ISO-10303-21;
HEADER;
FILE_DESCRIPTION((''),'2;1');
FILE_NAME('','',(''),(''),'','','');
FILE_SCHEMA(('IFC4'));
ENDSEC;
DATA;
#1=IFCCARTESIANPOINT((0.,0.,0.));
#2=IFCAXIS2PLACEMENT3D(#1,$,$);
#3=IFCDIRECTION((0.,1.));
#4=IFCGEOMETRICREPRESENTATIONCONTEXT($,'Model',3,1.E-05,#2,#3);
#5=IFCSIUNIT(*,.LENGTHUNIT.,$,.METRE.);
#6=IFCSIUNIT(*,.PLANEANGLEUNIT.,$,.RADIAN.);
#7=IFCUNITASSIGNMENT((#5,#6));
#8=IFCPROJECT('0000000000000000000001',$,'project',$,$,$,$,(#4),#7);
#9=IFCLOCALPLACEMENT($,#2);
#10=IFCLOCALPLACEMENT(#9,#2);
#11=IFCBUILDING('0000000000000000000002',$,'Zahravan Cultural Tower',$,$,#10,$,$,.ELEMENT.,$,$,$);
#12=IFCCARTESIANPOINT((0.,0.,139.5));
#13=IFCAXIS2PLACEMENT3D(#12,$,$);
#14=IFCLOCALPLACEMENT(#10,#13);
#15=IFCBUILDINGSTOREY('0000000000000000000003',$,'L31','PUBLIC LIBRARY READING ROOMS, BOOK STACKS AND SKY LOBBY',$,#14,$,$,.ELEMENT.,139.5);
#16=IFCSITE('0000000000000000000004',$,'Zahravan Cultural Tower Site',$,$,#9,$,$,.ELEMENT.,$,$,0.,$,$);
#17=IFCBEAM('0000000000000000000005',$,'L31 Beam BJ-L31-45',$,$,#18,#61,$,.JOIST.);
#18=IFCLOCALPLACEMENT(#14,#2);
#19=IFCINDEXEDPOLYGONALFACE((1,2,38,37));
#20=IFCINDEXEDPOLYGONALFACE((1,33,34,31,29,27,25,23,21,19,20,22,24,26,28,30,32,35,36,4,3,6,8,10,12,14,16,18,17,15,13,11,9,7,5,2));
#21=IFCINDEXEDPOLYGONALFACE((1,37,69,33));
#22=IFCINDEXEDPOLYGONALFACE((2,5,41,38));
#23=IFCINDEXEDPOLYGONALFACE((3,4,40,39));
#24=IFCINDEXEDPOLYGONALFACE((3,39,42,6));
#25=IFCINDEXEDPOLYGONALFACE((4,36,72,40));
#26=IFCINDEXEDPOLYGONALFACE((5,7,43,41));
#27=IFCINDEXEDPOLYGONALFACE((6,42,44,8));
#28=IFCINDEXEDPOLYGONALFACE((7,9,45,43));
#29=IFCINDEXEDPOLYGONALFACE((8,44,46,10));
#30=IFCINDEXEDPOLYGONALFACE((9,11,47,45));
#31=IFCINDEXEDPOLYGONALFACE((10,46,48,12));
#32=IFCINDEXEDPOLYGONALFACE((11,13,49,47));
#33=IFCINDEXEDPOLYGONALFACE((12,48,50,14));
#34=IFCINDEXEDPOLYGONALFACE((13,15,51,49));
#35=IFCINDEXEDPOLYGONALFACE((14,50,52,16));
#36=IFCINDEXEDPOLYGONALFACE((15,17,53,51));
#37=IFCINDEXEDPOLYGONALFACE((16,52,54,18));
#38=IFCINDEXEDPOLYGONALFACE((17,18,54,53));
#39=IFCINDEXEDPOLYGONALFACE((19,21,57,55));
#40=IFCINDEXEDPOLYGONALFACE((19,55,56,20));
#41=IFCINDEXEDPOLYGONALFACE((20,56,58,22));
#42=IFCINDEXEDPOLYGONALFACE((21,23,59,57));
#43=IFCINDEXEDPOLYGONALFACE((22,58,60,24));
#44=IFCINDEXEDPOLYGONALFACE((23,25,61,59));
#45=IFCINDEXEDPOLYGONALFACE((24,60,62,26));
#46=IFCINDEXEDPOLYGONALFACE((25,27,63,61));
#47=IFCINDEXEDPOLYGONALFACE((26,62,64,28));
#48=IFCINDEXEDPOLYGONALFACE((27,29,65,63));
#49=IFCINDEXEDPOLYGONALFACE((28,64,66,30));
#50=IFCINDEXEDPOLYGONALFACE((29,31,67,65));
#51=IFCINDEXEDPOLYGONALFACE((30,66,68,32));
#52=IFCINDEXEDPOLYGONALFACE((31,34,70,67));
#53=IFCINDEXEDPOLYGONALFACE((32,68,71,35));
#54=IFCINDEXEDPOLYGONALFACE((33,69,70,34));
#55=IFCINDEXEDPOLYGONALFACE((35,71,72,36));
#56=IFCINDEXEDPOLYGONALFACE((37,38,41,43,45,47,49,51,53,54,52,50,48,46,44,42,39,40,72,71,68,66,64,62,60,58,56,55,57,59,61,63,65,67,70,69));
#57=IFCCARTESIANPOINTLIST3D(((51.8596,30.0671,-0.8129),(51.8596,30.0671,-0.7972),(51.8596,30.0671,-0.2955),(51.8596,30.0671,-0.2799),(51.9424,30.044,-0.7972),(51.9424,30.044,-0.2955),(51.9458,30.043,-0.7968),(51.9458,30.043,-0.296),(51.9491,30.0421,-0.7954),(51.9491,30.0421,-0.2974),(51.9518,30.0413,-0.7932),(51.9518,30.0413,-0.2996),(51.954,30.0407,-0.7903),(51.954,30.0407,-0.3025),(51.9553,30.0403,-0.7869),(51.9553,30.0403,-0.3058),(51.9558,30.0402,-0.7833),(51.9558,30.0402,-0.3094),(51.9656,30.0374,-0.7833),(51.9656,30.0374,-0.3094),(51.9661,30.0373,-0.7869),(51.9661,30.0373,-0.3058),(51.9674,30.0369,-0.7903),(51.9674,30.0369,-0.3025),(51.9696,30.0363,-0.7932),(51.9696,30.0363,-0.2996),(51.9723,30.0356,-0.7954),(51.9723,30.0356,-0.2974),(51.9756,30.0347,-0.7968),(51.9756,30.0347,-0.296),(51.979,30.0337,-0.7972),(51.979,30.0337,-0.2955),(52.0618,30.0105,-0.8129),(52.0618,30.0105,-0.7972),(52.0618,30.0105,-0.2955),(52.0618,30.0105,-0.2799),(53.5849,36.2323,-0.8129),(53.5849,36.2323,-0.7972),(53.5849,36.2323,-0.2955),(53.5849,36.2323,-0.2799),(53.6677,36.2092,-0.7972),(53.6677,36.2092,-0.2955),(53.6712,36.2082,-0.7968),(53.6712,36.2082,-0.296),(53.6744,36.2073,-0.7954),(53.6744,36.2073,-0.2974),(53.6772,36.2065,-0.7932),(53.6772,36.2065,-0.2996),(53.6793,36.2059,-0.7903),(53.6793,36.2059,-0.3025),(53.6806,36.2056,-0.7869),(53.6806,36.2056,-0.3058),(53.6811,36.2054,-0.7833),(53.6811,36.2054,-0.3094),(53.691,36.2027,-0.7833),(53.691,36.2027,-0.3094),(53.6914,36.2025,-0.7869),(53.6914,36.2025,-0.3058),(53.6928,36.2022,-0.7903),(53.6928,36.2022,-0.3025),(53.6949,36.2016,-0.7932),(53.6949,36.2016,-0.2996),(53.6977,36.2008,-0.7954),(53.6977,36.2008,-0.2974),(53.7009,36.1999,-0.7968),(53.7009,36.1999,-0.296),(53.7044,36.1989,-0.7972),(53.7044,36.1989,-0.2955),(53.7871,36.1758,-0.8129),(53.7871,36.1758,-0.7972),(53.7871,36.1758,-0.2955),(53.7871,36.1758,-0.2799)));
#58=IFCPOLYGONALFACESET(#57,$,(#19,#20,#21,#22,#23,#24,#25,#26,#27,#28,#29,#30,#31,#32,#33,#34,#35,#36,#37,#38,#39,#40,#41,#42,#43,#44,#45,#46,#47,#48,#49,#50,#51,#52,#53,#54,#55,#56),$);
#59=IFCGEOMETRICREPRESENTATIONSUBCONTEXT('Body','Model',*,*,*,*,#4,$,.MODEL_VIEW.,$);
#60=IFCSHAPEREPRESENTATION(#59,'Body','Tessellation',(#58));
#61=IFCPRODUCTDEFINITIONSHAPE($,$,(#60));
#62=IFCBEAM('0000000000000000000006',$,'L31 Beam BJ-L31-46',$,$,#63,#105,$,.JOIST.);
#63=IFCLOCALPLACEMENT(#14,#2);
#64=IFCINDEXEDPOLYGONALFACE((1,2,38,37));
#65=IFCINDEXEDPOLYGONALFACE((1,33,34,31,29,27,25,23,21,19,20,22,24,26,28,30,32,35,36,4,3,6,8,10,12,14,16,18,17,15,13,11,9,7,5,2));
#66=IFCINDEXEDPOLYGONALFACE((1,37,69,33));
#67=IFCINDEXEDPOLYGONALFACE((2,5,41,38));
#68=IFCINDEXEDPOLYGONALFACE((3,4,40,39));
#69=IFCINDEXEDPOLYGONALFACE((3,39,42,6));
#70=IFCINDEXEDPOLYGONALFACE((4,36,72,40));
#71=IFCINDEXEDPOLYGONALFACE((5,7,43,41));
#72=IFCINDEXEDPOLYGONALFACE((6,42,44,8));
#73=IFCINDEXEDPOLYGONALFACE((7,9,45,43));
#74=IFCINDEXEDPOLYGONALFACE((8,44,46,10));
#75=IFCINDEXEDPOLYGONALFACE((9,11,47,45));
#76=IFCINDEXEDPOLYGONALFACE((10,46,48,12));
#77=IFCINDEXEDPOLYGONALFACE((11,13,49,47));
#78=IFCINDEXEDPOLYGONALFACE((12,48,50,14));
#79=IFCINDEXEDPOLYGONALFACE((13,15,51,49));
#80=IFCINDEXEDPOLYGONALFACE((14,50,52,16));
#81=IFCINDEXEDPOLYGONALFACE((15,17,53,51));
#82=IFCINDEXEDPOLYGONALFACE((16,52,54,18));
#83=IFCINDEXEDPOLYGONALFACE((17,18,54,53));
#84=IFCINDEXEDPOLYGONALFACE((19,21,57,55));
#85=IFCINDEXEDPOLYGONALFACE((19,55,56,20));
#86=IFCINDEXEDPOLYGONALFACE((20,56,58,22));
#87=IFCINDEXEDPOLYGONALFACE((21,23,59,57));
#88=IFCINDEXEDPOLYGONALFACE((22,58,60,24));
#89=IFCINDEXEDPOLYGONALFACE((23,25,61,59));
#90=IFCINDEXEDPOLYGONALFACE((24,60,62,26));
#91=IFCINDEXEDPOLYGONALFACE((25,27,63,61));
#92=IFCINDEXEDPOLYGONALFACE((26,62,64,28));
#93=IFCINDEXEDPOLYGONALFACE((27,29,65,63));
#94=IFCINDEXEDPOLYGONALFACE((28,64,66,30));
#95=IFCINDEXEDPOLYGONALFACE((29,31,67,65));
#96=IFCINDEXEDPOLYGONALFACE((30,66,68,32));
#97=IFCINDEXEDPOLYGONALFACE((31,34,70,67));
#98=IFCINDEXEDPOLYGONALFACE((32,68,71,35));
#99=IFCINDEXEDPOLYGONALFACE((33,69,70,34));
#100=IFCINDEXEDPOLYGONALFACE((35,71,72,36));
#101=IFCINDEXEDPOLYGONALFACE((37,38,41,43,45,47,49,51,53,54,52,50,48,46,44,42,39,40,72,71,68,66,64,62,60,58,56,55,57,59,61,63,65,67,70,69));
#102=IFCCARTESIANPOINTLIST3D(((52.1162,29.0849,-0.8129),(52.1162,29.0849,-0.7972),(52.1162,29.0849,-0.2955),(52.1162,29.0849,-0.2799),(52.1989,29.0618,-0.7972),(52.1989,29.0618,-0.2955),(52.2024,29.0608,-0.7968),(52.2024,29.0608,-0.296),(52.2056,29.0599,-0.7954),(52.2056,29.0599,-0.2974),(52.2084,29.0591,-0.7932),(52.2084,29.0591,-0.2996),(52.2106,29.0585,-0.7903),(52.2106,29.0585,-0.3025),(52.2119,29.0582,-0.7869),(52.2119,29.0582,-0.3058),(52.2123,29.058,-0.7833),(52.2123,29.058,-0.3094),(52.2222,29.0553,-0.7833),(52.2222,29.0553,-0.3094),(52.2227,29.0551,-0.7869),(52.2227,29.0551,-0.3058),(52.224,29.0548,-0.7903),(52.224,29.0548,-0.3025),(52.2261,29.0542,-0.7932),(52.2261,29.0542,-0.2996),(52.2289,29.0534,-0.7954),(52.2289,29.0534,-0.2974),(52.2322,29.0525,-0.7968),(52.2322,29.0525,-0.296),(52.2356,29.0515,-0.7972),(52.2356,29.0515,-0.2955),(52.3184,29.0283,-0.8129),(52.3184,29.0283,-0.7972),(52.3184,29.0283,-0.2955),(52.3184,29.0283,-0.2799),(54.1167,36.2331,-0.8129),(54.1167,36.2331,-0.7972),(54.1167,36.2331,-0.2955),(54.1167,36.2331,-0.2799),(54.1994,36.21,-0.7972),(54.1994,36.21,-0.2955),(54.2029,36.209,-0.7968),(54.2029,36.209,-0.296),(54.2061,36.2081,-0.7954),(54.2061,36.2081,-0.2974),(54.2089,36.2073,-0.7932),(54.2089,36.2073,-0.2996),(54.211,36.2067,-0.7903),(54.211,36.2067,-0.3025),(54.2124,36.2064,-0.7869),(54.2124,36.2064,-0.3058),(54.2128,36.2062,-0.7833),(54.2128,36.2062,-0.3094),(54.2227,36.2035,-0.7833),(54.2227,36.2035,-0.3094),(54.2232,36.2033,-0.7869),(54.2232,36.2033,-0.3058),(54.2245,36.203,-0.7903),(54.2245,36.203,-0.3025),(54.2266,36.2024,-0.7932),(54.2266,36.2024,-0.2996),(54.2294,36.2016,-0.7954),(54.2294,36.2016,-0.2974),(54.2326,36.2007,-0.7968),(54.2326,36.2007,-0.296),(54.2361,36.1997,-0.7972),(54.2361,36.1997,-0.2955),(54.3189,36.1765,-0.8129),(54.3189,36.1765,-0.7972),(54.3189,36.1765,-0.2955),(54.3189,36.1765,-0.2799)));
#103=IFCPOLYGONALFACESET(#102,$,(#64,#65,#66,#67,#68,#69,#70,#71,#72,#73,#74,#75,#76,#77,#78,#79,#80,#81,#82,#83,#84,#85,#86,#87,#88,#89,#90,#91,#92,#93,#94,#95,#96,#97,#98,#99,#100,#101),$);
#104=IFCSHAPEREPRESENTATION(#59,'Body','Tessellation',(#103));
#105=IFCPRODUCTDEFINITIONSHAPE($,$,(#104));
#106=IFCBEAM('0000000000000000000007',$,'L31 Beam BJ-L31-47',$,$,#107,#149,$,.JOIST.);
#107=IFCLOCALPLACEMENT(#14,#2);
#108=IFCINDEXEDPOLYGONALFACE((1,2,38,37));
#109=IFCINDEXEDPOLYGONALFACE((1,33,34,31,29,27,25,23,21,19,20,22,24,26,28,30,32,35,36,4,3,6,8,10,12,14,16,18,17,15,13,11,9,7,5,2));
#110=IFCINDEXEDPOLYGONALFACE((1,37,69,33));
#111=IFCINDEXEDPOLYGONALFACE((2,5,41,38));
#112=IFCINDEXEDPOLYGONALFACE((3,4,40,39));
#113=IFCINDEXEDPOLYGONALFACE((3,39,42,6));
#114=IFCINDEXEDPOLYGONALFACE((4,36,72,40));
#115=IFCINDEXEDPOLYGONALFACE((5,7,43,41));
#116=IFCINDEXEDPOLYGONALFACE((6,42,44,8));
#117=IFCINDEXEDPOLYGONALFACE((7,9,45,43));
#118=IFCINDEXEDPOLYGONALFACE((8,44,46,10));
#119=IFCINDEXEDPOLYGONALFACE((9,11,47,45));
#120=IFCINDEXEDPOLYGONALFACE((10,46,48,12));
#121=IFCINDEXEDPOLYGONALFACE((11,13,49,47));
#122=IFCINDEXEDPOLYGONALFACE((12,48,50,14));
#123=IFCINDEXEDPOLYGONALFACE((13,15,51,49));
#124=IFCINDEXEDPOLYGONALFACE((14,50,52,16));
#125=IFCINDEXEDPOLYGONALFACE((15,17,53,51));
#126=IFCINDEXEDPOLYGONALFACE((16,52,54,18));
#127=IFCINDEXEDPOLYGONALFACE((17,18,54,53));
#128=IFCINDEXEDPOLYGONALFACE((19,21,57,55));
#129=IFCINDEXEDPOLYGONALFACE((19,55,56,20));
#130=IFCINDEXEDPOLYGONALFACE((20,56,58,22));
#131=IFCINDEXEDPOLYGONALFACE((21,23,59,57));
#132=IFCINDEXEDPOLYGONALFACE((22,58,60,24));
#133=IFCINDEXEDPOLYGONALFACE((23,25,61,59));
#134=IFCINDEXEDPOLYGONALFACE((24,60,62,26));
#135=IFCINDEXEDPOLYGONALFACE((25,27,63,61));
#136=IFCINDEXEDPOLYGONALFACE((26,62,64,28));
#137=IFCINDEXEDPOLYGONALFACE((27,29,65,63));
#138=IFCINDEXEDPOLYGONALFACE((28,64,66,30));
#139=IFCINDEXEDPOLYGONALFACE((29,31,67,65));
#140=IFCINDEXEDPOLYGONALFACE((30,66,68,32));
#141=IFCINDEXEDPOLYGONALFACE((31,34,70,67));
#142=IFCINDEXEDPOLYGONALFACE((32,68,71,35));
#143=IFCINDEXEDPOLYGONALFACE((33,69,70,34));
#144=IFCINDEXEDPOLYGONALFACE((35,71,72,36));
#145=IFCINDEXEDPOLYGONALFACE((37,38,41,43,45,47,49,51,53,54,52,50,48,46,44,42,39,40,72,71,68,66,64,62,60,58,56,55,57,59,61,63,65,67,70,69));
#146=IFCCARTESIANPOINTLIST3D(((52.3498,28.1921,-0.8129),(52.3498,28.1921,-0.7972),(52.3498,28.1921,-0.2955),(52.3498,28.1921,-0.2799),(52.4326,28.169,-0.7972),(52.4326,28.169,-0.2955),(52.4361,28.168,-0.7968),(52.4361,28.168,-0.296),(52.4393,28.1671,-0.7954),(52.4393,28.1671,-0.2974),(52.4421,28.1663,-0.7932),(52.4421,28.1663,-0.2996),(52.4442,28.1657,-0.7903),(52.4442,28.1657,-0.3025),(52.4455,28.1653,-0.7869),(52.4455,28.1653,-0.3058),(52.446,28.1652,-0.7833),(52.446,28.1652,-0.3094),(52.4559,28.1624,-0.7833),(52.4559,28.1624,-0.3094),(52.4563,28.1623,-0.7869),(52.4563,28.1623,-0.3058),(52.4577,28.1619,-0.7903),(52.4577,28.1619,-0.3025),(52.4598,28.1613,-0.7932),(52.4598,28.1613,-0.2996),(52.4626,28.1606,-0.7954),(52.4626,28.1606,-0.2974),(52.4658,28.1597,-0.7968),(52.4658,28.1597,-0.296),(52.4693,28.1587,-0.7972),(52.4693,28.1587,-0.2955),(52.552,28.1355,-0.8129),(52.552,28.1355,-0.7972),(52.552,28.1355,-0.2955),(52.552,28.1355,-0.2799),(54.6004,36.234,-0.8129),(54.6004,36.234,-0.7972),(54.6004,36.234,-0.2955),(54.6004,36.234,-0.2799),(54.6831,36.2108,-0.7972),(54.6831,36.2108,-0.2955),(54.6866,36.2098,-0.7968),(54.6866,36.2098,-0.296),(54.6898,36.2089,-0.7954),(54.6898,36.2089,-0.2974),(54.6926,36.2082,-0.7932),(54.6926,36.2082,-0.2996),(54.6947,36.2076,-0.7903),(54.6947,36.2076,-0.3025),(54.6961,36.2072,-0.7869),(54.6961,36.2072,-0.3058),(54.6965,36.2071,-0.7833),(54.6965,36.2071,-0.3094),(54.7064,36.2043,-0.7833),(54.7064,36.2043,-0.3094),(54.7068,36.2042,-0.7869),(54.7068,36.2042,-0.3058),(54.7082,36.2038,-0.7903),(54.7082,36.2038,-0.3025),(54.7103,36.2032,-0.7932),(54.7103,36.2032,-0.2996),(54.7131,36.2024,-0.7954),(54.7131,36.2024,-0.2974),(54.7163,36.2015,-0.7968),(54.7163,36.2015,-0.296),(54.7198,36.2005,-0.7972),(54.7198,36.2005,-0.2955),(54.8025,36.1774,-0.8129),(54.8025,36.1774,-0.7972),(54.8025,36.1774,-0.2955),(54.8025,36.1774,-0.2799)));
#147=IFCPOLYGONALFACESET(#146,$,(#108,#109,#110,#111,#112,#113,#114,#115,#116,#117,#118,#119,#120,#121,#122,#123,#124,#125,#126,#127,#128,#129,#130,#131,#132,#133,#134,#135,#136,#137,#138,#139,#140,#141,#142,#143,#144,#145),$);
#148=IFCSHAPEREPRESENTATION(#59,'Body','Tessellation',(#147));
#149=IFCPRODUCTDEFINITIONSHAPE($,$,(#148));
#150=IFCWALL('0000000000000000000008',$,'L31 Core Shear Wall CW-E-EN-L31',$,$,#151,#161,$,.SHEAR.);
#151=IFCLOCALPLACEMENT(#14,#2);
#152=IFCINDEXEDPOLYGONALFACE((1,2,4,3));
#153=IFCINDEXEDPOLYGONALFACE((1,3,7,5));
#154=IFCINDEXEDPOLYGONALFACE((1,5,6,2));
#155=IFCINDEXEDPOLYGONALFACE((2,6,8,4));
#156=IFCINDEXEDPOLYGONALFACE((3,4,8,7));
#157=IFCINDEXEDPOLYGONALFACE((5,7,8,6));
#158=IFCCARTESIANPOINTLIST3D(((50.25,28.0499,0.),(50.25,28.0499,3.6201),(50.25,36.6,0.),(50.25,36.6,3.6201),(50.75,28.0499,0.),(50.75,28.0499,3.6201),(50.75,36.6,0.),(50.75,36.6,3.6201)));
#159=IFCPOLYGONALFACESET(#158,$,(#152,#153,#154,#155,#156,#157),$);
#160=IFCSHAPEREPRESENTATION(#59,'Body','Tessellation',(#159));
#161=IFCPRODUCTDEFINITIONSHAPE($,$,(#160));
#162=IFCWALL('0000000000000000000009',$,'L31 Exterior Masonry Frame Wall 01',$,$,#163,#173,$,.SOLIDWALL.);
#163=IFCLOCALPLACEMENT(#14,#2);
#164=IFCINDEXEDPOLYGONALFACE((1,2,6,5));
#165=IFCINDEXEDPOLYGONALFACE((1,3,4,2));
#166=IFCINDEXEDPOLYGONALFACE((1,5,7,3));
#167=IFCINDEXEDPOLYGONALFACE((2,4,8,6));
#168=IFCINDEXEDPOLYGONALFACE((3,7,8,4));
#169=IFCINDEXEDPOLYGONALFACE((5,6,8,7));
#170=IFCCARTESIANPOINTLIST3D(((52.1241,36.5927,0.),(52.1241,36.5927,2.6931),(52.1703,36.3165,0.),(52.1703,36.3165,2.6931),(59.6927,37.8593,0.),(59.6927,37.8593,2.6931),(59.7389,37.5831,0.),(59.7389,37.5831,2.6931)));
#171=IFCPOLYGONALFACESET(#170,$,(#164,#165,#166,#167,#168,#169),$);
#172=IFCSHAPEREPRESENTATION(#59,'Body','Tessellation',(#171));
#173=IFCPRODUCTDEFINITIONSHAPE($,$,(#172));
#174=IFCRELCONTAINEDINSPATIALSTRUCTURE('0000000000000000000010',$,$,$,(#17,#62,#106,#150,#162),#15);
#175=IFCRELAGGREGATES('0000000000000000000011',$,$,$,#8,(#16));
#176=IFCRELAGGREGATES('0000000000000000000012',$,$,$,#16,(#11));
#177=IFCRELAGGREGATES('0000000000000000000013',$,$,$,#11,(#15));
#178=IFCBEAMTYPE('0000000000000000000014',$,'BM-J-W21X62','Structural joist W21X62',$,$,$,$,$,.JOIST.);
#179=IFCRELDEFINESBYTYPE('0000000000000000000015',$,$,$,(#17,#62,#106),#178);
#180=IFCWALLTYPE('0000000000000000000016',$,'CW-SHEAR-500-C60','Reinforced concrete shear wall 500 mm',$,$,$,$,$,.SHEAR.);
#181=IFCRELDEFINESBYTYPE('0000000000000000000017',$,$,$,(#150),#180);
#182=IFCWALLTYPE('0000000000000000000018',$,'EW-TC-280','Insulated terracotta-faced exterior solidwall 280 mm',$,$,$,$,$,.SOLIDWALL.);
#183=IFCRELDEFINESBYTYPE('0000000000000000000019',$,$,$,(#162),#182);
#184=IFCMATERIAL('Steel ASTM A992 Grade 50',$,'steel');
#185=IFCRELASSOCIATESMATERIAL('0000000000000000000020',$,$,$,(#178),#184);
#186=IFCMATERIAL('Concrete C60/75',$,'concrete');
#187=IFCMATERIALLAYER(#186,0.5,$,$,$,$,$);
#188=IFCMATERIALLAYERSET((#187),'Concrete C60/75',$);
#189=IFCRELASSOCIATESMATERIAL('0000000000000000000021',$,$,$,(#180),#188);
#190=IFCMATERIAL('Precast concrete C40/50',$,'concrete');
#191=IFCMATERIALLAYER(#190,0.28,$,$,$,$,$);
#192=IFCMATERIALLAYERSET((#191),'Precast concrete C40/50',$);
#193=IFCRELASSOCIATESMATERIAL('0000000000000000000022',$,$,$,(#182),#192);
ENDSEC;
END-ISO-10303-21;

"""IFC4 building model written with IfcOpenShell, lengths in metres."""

from ifc_helpers import new_model, si_unit, direction, frame, frame_2d, origin, origin_2d, place, context, subcontext, project, spatial, rectangle, i_section, extrude, source, transform, mapped, material, layer, layer_set, material_profile, profile_set, type_object, element, save


model = new_model("IFC4")

# Units and contexts
model_context = context("Model", 3, precision=1e-05, world=origin(), true_north=direction((0.0, 1.0)))
body_context = subcontext(model_context, "Body", "Model", "MODEL_VIEW")
ifc_project = project(units=[si_unit("LENGTHUNIT", "METRE"), si_unit("PLANEANGLEUNIT", "RADIAN")], contexts=[model_context])

# Site, building, storey
site_placement = place(None, origin())
site = spatial("IfcSite", under=ifc_project, at=site_placement, Name="Zahravan Cultural Tower Site", CompositionType="ELEMENT", RefElevation=0.0)
building_placement = place(site_placement, origin())
building = spatial("IfcBuilding", under=site, at=building_placement, Name="Zahravan Cultural Tower", CompositionType="ELEMENT")
storey_placement = place(building_placement, frame((0.0, 0.0, 139.5)))
storey = spatial("IfcBuildingStorey", under=building, at=storey_placement, Name="L31", Description="PUBLIC LIBRARY READING ROOMS, BOOK STACKS AND SKY LOBBY", CompositionType="ELEMENT", Elevation=139.5)

# Shared definitions
ifc_material_1 = material(Name="Steel ASTM A992 Grade 50", Category="steel")

# Beams
ifc_material_profile_1 = material_profile(ifc_material_1, i_section(OverallWidth=0.21, OverallDepth=0.533, WebThickness=0.0103, FlangeThickness=0.0156, FilletRadius=0.0139, at=origin_2d()), Name="W21X62")
ifc_profile_set_1 = profile_set([ifc_material_profile_1], Name="Steel ASTM A992 Grade 50")
beam_type_1 = type_object("IfcBeamType", Name="BM-J-W21X62", Description="Structural joist W21X62", PredefinedType="JOIST", material=ifc_profile_set_1)
shared_shape_1 = source(origin(), body_context, "Body", "SweptSolid", [
    extrude(i_section(OverallWidth=0.21, OverallDepth=0.533, WebThickness=0.0103, FlangeThickness=0.0156, FilletRadius=0.0139, at=origin_2d()), origin(), (0.0, 0.0, 1.0), 6.4021),
])
beam_1_placement = place(storey_placement, frame((51.9607, 30.0388, -0.5464), z_axis=(0.269494, 0.963002, 0.0), x_axis=(-0.963002, 0.269494, 0.0)))
element("IfcBeam", 1, at=beam_1_placement, inside=storey, type_object=beam_type_1, Name="L31 Beam BJ-L31-45", PredefinedType="JOIST", context=body_context, shape_type="MappedRepresentation", body=[
    mapped(shared_shape_1, transform((0.0, 0.0, 0.0), x_axis=(1.0, 0.0, 0.0), y_axis=(0.0, 1.0, 0.0), z_axis=(0.0, 0.0, 1.0), scale=1.0)),
])
shared_shape_2 = source(origin(), body_context, "Body", "SweptSolid", [
    extrude(i_section(OverallWidth=0.21, OverallDepth=0.533, WebThickness=0.0103, FlangeThickness=0.0156, FilletRadius=0.0139, at=origin_2d()), origin(), (0.0, 0.0, 1.0), 7.4229),
])
beam_2_placement = place(storey_placement, frame((52.2173, 29.0566, -0.5464), z_axis=(0.269504, 0.962999, 0.0), x_axis=(-0.962999, 0.269504, 0.0)))
element("IfcBeam", 2, at=beam_2_placement, inside=storey, type_object=beam_type_1, Name="L31 Beam BJ-L31-46", PredefinedType="JOIST", context=body_context, shape_type="MappedRepresentation", body=[
    mapped(shared_shape_2, transform((0.0, 0.0, 0.0), x_axis=(1.0, 0.0, 0.0), y_axis=(0.0, 1.0, 0.0), z_axis=(0.0, 0.0, 1.0), scale=1.0)),
])
shared_shape_3 = source(origin(), body_context, "Body", "SweptSolid", [
    extrude(i_section(OverallWidth=0.21, OverallDepth=0.533, WebThickness=0.0103, FlangeThickness=0.0156, FilletRadius=0.0139, at=origin_2d()), origin(), (0.0, 0.0, 1.0), 8.3508),
])
beam_3_placement = place(storey_placement, frame((52.4509, 28.1638, -0.5464), z_axis=(0.269497, 0.963001, 0.0), x_axis=(-0.963001, 0.269497, 0.0)))
element("IfcBeam", 3, at=beam_3_placement, inside=storey, type_object=beam_type_1, Name="L31 Beam BJ-L31-47", PredefinedType="JOIST", context=body_context, shape_type="MappedRepresentation", body=[
    mapped(shared_shape_3, transform((0.0, 0.0, 0.0), x_axis=(1.0, 0.0, 0.0), y_axis=(0.0, 1.0, 0.0), z_axis=(0.0, 0.0, 1.0), scale=1.0)),
])

# Walls
ifc_material_2 = material(Name="Concrete C60/75", Category="concrete")
ifc_layer_1 = layer(ifc_material_2, 0.5)
ifc_layer_set_1 = layer_set([ifc_layer_1], Name="Concrete C60/75")
wall_type_1 = type_object("IfcWallType", Name="CW-SHEAR-500-C60", Description="Reinforced concrete shear wall 500 mm", PredefinedType="SHEAR", material=ifc_layer_set_1)
shared_shape_4 = source(origin(), body_context, "Body", "SweptSolid", [
    extrude(rectangle(XDim=8.55, YDim=0.5, at=frame_2d((4.2749, 0.0))), origin(), (0.0, 0.0, 1.0), 3.6201),
])
wall_1_placement = place(storey_placement, frame((50.5, 28.05, 0.0), z_axis=(0.0, 0.0, 1.0), x_axis=(0.0, 1.0, 0.0)))
element("IfcWall", 4, at=wall_1_placement, inside=storey, type_object=wall_type_1, Name="L31 Core Shear Wall CW-E-EN-L31", PredefinedType="SHEAR", context=body_context, shape_type="MappedRepresentation", body=[
    mapped(shared_shape_4, transform((0.0, 0.0, 0.0), x_axis=(1.0, 0.0, 0.0), y_axis=(0.0, 1.0, 0.0), z_axis=(0.0, 0.0, 1.0), scale=1.0)),
])
ifc_material_3 = material(Name="Precast concrete C40/50", Category="concrete")
ifc_layer_2 = layer(ifc_material_3, 0.28)
ifc_layer_set_2 = layer_set([ifc_layer_2], Name="Precast concrete C40/50")
wall_type_2 = type_object("IfcWallType", Name="EW-TC-280", Description="Insulated terracotta-faced exterior solidwall 280 mm", PredefinedType="SOLIDWALL", material=ifc_layer_set_2)
shared_shape_5 = source(origin(), body_context, "Body", "SweptSolid", [
    extrude(rectangle(XDim=7.6738, YDim=0.28, at=frame_2d((3.8369, 0.0))), origin(), (0.0, 0.0, 1.0), 2.6931),
])
wall_2_placement = place(storey_placement, frame((52.1472, 36.4546, 0.0), z_axis=(0.0, 0.0, 1.0), x_axis=(0.986285, 0.165054, 0.0)))
element("IfcWall", 5, at=wall_2_placement, inside=storey, type_object=wall_type_2, Name="L31 Exterior Masonry Frame Wall 01", PredefinedType="SOLIDWALL", context=body_context, shape_type="MappedRepresentation", body=[
    mapped(shared_shape_5, transform((0.0, 0.0, 0.0), x_axis=(1.0, 0.0, 0.0), y_axis=(0.0, 1.0, 0.0), z_axis=(0.0, 0.0, 1.0), scale=1.0)),
])

save(model, "model.ifc")
